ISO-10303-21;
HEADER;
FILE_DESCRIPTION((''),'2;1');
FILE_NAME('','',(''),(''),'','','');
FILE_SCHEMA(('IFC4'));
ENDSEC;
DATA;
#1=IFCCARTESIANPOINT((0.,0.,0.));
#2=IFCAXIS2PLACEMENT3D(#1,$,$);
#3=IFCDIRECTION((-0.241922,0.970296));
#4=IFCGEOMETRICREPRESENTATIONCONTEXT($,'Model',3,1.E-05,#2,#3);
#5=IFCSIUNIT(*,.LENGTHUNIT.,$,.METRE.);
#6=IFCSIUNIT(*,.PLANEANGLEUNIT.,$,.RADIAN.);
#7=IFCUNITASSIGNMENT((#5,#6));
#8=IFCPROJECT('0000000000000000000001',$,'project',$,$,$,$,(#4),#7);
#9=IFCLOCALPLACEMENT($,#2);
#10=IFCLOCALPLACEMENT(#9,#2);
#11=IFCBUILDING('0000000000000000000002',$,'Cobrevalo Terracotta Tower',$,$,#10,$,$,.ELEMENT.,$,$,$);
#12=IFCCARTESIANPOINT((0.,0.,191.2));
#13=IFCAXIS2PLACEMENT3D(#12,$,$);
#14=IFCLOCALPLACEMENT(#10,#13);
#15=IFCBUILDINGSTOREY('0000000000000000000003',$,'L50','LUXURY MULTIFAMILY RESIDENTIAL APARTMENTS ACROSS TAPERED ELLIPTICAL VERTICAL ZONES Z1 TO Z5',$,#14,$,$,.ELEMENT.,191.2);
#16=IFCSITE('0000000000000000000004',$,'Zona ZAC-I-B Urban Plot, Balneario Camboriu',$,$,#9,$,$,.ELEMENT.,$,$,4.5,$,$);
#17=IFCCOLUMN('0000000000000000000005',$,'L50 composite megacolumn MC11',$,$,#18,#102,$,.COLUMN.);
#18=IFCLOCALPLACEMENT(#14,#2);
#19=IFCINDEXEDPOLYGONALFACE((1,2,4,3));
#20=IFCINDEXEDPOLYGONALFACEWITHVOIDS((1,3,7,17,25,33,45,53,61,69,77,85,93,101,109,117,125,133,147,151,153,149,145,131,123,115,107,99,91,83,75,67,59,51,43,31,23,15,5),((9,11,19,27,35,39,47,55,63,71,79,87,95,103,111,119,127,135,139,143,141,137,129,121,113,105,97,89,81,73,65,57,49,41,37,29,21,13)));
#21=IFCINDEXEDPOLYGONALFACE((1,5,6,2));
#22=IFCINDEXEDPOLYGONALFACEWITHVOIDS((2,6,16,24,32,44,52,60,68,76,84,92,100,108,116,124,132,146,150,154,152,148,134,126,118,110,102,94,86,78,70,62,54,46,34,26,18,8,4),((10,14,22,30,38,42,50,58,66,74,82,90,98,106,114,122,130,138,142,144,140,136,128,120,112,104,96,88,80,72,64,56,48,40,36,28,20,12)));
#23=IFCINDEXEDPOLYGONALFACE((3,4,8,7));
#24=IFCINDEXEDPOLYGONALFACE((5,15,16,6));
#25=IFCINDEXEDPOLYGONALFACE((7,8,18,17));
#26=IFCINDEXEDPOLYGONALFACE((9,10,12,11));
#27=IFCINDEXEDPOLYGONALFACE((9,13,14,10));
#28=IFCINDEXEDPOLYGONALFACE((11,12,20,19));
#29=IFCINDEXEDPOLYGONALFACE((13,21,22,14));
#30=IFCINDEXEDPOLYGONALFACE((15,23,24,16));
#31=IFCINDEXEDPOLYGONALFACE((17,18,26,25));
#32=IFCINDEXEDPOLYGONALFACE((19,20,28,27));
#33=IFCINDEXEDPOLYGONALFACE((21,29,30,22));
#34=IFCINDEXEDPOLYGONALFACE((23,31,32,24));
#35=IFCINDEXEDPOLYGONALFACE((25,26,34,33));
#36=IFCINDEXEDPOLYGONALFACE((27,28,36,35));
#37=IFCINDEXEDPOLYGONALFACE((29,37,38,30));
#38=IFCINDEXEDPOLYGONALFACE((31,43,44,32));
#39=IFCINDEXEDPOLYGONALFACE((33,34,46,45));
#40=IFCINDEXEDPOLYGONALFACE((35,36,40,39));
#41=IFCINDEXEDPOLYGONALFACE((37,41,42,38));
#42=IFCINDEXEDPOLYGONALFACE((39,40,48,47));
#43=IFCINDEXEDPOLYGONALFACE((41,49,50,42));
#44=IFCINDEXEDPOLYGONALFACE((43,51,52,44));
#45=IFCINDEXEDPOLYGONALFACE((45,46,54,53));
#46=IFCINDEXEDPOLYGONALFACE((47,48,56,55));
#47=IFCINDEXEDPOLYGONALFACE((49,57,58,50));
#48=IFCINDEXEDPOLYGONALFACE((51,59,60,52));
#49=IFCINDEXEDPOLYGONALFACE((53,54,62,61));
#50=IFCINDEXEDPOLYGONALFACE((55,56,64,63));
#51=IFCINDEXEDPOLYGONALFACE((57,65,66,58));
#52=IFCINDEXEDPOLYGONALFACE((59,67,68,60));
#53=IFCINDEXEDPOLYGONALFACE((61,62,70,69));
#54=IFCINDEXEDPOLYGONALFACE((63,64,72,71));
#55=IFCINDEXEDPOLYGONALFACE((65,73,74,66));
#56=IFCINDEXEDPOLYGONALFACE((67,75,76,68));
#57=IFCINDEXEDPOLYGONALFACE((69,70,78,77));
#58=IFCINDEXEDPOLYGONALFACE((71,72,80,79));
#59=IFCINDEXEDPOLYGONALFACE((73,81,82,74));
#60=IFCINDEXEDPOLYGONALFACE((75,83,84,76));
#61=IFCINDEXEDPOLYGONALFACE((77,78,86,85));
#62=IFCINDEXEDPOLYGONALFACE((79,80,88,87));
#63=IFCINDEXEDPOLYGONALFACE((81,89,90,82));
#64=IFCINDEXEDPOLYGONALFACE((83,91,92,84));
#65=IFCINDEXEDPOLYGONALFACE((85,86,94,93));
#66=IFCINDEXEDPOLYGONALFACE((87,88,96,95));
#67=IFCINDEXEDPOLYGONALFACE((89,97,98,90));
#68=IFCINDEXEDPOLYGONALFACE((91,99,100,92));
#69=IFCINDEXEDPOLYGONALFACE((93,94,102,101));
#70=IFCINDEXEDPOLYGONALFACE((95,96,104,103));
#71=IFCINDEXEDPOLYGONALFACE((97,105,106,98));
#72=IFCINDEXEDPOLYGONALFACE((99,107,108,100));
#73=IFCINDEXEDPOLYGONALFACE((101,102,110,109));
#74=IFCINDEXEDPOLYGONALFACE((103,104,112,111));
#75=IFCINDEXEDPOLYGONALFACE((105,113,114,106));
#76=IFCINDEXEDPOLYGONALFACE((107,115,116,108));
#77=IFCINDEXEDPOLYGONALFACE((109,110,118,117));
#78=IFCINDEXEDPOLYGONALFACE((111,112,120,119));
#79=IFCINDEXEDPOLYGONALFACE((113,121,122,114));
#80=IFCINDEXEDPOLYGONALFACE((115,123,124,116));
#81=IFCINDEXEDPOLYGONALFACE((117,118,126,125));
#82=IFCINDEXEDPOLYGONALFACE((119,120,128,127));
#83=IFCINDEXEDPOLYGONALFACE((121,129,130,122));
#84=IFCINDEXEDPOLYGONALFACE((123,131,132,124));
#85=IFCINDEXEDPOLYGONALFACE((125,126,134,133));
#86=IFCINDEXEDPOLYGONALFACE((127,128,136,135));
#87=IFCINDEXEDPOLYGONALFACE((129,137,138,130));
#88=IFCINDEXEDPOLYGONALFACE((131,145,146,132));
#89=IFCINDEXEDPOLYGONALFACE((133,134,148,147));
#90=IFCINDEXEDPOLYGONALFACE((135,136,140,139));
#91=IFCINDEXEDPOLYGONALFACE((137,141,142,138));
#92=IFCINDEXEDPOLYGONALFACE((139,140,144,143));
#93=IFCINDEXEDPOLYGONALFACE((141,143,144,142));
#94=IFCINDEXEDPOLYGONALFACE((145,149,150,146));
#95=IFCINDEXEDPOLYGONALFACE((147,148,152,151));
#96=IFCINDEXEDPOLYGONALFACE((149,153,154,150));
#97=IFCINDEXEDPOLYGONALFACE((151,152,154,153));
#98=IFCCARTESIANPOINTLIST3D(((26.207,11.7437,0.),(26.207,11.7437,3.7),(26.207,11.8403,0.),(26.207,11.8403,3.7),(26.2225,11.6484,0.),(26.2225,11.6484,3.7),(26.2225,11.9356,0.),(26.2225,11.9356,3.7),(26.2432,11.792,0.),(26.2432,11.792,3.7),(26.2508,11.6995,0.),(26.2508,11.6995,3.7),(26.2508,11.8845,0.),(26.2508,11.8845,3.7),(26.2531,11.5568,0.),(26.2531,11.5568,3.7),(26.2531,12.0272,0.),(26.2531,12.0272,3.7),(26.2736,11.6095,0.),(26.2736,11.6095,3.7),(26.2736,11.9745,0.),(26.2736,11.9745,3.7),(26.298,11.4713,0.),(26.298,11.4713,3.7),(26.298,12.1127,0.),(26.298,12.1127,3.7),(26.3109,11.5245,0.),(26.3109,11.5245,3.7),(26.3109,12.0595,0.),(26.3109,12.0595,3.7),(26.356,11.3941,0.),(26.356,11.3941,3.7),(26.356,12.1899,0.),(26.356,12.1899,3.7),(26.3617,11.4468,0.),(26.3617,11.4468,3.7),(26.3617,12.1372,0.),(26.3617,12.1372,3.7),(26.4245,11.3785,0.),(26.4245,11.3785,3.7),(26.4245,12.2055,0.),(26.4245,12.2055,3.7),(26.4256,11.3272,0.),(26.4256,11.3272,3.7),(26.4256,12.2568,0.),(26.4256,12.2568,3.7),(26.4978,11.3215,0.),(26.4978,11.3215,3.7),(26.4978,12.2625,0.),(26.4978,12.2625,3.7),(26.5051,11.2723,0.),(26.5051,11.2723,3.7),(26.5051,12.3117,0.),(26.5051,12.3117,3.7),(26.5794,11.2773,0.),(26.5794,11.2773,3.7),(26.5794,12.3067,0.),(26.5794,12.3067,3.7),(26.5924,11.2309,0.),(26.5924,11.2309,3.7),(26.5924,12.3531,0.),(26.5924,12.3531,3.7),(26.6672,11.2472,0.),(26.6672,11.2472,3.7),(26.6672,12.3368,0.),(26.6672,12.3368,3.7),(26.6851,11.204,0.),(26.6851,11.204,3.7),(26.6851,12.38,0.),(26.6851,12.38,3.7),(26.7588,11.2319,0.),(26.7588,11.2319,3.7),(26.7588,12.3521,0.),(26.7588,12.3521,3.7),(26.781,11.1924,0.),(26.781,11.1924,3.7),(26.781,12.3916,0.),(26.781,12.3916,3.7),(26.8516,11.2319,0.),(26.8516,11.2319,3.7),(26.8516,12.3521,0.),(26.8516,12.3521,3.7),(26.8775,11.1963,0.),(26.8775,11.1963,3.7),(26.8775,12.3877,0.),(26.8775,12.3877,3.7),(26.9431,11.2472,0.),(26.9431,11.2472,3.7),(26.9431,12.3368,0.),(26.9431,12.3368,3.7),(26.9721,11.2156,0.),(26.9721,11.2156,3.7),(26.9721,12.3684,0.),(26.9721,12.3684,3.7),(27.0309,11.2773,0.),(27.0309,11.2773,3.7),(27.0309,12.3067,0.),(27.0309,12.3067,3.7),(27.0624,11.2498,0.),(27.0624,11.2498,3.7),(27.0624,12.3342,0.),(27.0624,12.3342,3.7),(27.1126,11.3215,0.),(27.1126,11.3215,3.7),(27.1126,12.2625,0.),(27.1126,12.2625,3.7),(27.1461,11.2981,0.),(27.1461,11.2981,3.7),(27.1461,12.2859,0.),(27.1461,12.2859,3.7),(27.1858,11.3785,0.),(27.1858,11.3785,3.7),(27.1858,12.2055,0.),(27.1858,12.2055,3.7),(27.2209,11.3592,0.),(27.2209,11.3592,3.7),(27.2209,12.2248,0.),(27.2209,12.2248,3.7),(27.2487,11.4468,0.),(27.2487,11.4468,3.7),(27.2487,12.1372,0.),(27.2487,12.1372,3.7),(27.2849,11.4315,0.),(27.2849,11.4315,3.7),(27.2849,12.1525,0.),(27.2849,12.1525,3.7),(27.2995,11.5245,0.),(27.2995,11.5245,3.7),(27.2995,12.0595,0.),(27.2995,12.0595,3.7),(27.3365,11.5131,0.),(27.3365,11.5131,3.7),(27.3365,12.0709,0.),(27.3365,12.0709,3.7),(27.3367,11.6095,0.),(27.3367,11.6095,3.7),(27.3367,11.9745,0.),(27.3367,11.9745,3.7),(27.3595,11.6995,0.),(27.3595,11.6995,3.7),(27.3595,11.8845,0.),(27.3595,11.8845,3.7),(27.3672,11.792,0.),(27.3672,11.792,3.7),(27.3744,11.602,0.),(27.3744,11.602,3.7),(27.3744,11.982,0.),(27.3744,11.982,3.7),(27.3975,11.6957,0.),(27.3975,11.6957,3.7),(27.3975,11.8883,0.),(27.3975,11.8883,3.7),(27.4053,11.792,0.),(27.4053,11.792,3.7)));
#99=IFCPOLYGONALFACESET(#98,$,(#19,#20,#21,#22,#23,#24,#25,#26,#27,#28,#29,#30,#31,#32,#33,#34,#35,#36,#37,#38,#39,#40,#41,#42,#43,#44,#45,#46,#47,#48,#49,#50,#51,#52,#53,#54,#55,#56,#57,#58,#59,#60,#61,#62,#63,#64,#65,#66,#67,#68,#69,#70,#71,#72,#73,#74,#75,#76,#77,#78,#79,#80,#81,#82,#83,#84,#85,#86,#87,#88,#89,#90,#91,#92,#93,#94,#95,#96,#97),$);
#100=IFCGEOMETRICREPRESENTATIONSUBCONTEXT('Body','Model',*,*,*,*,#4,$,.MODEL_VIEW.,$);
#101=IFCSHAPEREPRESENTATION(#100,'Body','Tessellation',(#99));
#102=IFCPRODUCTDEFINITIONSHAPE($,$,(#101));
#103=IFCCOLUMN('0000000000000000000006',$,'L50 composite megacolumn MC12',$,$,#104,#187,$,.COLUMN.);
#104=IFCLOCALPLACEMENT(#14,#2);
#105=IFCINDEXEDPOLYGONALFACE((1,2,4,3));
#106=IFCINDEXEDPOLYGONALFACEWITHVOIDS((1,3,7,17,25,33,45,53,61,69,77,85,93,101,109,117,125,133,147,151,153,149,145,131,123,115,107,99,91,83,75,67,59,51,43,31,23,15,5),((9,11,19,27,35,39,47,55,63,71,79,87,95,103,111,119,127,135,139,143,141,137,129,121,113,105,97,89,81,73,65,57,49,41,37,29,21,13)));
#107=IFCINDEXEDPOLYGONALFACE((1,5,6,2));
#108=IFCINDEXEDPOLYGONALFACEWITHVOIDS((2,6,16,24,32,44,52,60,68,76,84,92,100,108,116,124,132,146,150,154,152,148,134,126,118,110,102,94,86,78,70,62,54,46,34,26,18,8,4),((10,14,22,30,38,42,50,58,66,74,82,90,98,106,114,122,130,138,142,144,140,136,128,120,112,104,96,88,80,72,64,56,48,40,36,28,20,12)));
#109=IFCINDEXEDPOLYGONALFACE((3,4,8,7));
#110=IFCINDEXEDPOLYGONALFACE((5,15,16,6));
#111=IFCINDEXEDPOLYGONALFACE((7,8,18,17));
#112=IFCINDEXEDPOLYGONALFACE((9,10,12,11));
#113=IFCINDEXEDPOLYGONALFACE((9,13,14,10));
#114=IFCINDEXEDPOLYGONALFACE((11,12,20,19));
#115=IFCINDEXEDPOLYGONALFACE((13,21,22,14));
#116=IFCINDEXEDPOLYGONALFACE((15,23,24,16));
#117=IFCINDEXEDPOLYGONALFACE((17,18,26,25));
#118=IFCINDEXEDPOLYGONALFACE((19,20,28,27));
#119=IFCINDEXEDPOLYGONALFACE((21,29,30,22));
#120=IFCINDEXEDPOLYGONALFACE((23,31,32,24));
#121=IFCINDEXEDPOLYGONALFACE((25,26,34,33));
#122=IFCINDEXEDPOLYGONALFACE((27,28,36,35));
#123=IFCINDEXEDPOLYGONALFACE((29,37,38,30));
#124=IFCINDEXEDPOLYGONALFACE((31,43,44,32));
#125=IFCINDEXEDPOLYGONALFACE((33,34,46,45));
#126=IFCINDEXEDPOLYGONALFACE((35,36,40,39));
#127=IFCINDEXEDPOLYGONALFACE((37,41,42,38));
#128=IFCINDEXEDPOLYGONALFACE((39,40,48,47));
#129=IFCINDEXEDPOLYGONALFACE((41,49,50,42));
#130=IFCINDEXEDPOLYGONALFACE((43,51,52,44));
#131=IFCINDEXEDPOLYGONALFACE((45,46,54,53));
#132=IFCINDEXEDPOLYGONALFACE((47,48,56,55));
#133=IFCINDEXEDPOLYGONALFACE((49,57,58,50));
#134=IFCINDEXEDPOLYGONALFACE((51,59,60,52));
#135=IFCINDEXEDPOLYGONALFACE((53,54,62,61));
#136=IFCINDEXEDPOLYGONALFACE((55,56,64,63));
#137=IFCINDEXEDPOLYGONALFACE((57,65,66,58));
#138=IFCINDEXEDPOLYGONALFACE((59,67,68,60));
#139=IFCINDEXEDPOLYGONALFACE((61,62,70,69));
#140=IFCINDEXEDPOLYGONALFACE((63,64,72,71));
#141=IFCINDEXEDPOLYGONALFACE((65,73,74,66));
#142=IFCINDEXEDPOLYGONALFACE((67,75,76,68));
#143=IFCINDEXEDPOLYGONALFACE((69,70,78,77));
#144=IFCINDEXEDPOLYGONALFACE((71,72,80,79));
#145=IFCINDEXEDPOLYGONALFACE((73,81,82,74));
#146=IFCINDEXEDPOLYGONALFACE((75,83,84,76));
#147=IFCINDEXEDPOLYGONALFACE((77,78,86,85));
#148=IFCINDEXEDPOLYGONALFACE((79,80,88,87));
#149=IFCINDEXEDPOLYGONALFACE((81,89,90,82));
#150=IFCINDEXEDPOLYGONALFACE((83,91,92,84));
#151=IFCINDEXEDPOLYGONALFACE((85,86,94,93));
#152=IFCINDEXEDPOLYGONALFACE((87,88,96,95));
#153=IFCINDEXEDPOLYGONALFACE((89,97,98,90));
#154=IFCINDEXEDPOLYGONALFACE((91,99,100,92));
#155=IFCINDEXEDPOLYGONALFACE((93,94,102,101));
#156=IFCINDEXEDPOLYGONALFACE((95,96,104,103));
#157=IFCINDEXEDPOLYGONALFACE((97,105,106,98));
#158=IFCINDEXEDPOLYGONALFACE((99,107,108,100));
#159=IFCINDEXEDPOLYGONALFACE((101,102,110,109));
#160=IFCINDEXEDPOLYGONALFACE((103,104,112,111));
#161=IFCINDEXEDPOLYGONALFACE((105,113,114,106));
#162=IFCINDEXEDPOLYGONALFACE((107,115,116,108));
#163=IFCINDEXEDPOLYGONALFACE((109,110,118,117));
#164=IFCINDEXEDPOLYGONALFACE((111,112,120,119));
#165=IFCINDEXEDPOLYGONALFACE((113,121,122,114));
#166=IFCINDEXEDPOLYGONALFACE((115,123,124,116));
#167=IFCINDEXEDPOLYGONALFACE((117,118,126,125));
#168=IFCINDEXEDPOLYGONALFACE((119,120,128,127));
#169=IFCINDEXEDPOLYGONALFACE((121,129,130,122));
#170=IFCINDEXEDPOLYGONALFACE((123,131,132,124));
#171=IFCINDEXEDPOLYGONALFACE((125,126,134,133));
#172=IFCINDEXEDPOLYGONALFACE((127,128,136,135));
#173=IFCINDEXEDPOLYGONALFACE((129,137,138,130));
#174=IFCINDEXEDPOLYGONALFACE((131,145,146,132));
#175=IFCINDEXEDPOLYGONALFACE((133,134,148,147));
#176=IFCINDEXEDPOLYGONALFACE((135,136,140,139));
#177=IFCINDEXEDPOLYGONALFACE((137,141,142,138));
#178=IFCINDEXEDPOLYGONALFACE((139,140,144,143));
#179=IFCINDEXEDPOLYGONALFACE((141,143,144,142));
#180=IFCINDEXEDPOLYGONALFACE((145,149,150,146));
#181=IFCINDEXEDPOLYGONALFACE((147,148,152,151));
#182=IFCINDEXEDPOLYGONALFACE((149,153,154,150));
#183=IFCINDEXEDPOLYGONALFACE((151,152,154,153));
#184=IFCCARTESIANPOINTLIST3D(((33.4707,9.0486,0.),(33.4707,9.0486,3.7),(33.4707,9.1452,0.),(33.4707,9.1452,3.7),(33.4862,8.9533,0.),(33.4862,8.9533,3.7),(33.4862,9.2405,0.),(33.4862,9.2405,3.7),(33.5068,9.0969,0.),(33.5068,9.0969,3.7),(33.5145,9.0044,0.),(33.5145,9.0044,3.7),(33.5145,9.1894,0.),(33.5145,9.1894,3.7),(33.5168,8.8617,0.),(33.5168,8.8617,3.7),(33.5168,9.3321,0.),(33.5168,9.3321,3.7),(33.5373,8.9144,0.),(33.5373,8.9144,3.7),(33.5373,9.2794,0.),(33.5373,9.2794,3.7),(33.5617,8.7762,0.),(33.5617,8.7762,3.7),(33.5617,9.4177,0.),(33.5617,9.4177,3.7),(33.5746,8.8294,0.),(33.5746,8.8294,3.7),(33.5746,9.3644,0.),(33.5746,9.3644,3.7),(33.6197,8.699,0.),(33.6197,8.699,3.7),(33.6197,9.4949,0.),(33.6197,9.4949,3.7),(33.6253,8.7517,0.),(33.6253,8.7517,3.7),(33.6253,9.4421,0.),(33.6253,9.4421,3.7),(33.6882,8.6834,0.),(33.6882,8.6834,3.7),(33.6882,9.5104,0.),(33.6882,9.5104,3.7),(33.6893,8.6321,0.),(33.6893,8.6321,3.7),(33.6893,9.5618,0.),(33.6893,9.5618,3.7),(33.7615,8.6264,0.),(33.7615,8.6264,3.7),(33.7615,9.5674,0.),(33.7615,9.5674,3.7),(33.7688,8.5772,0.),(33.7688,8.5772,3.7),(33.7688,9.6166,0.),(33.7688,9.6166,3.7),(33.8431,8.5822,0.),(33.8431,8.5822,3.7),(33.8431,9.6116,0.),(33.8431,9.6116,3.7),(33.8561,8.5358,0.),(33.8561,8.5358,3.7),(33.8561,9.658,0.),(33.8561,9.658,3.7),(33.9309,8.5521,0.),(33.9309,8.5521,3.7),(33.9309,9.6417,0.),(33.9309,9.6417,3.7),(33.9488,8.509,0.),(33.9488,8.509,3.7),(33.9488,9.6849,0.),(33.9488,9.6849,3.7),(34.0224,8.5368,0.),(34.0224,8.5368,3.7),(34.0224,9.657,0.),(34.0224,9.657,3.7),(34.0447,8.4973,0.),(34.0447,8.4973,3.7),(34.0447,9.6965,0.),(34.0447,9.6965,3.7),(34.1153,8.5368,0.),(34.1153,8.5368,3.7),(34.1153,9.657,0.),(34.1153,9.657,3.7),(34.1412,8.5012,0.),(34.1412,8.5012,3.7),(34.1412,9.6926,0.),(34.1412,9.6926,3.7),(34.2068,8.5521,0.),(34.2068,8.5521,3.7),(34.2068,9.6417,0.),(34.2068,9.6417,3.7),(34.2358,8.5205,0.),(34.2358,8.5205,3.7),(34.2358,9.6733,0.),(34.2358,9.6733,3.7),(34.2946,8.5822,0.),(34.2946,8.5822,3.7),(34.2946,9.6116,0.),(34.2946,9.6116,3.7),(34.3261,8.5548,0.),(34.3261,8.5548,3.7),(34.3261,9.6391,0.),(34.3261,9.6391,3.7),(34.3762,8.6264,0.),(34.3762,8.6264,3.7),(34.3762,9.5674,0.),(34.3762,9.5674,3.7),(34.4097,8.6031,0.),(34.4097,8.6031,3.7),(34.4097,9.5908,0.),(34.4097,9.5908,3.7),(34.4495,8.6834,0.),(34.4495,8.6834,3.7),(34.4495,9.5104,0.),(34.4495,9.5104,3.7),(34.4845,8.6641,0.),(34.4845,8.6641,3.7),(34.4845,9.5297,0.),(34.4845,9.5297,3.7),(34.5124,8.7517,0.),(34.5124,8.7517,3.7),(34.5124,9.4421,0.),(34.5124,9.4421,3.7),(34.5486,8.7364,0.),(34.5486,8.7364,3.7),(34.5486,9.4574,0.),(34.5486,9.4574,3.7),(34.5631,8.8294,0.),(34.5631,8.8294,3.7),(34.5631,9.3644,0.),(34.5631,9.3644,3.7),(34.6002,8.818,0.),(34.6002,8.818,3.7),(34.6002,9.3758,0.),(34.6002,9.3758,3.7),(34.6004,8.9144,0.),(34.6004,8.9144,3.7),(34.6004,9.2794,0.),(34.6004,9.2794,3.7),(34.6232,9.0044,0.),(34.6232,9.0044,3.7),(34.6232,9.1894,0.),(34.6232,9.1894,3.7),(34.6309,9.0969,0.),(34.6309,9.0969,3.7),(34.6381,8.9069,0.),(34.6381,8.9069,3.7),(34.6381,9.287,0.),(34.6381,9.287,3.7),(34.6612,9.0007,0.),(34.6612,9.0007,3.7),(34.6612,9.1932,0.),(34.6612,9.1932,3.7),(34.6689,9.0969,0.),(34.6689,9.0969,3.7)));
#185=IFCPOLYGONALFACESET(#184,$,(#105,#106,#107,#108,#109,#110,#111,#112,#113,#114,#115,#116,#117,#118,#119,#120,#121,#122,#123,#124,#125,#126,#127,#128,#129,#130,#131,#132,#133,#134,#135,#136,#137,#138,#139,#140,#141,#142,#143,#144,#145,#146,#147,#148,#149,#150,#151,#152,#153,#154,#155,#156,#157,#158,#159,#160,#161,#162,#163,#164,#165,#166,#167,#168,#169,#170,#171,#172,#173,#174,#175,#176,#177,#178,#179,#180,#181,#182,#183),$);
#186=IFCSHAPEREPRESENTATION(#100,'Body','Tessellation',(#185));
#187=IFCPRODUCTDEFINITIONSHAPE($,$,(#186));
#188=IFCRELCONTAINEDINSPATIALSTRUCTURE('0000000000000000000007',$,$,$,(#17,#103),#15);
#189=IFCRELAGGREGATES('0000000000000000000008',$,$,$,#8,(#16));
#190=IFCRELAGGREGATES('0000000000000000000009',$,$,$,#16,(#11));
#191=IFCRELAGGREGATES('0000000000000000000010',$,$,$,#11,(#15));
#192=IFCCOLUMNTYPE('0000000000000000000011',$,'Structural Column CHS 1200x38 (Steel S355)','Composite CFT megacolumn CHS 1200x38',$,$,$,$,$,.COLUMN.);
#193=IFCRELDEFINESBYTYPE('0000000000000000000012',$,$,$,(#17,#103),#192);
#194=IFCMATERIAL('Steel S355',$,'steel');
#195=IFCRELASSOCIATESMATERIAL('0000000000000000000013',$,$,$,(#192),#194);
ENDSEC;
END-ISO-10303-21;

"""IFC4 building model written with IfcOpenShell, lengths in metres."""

from ifc_helpers import new_model, si_unit, direction, frame, origin, origin_2d, place, context, subcontext, project, spatial, hollow_circle, extrude, material, material_profile, profile_set, type_object, element, save


model = new_model("IFC4")

# Units and contexts
model_context = context("Model", 3, precision=1e-05, world=origin(), true_north=direction((-0.241922, 0.970296)))
body_context = subcontext(model_context, "Body", "Model", "MODEL_VIEW")
ifc_project = project(units=[si_unit("LENGTHUNIT", "METRE"), si_unit("PLANEANGLEUNIT", "RADIAN")], contexts=[model_context])

# Site, building, storey
site_placement = place(None, origin())
site = spatial("IfcSite", under=ifc_project, at=site_placement, Name="Zona ZAC-I-B Urban Plot, Balneario Camboriu", CompositionType="ELEMENT", RefElevation=4.5)
building_placement = place(site_placement, origin())
building = spatial("IfcBuilding", under=site, at=building_placement, Name="Cobrevalo Terracotta Tower", CompositionType="ELEMENT")
storey_placement = place(building_placement, frame((0.0, 0.0, 191.2)))
storey = spatial("IfcBuildingStorey", under=building, at=storey_placement, Name="L50", Description="LUXURY MULTIFAMILY RESIDENTIAL APARTMENTS ACROSS TAPERED ELLIPTICAL VERTICAL ZONES Z1 TO Z5", CompositionType="ELEMENT", Elevation=191.2)

# Columns
ifc_material_1 = material(Name="Steel S355", Category="steel")
ifc_material_profile_1 = material_profile(ifc_material_1, hollow_circle(Radius=0.6001, WallThickness=0.0381, at=origin_2d()), Name="CHS 1200x38")
ifc_profile_set_1 = profile_set([ifc_material_profile_1], Name="Steel S355")
column_type = type_object("IfcColumnType", Name="Structural Column CHS 1200x38 (Steel S355)", Description="Composite CFT megacolumn CHS 1200x38", PredefinedType="COLUMN", material=ifc_profile_set_1)
for number, where, z_axis, x_axis, name in (
    (1, (26.8052, 11.792, 0.0), (0.0, 0.0, 1.0), (1.0, 0.0, 0.0), "L50 composite megacolumn MC11"),
    (2, (34.0688, 9.0969, 0.0), (0.0, 0.0, 1.0), (1.0, 0.0, 0.0), "L50 composite megacolumn MC12"),
):
    element("IfcColumn", number, at=place(storey_placement, frame(where, z_axis=z_axis, x_axis=x_axis)), inside=storey, type_object=column_type, Name=name, PredefinedType="COLUMN", context=body_context, shape_type="SweptSolid", body=[
        extrude(hollow_circle(Radius=0.6001, WallThickness=0.0381, at=origin_2d()), origin(), (0.0, 0.0, 1.0), 3.7),
    ])

save(model, "model.ifc")
